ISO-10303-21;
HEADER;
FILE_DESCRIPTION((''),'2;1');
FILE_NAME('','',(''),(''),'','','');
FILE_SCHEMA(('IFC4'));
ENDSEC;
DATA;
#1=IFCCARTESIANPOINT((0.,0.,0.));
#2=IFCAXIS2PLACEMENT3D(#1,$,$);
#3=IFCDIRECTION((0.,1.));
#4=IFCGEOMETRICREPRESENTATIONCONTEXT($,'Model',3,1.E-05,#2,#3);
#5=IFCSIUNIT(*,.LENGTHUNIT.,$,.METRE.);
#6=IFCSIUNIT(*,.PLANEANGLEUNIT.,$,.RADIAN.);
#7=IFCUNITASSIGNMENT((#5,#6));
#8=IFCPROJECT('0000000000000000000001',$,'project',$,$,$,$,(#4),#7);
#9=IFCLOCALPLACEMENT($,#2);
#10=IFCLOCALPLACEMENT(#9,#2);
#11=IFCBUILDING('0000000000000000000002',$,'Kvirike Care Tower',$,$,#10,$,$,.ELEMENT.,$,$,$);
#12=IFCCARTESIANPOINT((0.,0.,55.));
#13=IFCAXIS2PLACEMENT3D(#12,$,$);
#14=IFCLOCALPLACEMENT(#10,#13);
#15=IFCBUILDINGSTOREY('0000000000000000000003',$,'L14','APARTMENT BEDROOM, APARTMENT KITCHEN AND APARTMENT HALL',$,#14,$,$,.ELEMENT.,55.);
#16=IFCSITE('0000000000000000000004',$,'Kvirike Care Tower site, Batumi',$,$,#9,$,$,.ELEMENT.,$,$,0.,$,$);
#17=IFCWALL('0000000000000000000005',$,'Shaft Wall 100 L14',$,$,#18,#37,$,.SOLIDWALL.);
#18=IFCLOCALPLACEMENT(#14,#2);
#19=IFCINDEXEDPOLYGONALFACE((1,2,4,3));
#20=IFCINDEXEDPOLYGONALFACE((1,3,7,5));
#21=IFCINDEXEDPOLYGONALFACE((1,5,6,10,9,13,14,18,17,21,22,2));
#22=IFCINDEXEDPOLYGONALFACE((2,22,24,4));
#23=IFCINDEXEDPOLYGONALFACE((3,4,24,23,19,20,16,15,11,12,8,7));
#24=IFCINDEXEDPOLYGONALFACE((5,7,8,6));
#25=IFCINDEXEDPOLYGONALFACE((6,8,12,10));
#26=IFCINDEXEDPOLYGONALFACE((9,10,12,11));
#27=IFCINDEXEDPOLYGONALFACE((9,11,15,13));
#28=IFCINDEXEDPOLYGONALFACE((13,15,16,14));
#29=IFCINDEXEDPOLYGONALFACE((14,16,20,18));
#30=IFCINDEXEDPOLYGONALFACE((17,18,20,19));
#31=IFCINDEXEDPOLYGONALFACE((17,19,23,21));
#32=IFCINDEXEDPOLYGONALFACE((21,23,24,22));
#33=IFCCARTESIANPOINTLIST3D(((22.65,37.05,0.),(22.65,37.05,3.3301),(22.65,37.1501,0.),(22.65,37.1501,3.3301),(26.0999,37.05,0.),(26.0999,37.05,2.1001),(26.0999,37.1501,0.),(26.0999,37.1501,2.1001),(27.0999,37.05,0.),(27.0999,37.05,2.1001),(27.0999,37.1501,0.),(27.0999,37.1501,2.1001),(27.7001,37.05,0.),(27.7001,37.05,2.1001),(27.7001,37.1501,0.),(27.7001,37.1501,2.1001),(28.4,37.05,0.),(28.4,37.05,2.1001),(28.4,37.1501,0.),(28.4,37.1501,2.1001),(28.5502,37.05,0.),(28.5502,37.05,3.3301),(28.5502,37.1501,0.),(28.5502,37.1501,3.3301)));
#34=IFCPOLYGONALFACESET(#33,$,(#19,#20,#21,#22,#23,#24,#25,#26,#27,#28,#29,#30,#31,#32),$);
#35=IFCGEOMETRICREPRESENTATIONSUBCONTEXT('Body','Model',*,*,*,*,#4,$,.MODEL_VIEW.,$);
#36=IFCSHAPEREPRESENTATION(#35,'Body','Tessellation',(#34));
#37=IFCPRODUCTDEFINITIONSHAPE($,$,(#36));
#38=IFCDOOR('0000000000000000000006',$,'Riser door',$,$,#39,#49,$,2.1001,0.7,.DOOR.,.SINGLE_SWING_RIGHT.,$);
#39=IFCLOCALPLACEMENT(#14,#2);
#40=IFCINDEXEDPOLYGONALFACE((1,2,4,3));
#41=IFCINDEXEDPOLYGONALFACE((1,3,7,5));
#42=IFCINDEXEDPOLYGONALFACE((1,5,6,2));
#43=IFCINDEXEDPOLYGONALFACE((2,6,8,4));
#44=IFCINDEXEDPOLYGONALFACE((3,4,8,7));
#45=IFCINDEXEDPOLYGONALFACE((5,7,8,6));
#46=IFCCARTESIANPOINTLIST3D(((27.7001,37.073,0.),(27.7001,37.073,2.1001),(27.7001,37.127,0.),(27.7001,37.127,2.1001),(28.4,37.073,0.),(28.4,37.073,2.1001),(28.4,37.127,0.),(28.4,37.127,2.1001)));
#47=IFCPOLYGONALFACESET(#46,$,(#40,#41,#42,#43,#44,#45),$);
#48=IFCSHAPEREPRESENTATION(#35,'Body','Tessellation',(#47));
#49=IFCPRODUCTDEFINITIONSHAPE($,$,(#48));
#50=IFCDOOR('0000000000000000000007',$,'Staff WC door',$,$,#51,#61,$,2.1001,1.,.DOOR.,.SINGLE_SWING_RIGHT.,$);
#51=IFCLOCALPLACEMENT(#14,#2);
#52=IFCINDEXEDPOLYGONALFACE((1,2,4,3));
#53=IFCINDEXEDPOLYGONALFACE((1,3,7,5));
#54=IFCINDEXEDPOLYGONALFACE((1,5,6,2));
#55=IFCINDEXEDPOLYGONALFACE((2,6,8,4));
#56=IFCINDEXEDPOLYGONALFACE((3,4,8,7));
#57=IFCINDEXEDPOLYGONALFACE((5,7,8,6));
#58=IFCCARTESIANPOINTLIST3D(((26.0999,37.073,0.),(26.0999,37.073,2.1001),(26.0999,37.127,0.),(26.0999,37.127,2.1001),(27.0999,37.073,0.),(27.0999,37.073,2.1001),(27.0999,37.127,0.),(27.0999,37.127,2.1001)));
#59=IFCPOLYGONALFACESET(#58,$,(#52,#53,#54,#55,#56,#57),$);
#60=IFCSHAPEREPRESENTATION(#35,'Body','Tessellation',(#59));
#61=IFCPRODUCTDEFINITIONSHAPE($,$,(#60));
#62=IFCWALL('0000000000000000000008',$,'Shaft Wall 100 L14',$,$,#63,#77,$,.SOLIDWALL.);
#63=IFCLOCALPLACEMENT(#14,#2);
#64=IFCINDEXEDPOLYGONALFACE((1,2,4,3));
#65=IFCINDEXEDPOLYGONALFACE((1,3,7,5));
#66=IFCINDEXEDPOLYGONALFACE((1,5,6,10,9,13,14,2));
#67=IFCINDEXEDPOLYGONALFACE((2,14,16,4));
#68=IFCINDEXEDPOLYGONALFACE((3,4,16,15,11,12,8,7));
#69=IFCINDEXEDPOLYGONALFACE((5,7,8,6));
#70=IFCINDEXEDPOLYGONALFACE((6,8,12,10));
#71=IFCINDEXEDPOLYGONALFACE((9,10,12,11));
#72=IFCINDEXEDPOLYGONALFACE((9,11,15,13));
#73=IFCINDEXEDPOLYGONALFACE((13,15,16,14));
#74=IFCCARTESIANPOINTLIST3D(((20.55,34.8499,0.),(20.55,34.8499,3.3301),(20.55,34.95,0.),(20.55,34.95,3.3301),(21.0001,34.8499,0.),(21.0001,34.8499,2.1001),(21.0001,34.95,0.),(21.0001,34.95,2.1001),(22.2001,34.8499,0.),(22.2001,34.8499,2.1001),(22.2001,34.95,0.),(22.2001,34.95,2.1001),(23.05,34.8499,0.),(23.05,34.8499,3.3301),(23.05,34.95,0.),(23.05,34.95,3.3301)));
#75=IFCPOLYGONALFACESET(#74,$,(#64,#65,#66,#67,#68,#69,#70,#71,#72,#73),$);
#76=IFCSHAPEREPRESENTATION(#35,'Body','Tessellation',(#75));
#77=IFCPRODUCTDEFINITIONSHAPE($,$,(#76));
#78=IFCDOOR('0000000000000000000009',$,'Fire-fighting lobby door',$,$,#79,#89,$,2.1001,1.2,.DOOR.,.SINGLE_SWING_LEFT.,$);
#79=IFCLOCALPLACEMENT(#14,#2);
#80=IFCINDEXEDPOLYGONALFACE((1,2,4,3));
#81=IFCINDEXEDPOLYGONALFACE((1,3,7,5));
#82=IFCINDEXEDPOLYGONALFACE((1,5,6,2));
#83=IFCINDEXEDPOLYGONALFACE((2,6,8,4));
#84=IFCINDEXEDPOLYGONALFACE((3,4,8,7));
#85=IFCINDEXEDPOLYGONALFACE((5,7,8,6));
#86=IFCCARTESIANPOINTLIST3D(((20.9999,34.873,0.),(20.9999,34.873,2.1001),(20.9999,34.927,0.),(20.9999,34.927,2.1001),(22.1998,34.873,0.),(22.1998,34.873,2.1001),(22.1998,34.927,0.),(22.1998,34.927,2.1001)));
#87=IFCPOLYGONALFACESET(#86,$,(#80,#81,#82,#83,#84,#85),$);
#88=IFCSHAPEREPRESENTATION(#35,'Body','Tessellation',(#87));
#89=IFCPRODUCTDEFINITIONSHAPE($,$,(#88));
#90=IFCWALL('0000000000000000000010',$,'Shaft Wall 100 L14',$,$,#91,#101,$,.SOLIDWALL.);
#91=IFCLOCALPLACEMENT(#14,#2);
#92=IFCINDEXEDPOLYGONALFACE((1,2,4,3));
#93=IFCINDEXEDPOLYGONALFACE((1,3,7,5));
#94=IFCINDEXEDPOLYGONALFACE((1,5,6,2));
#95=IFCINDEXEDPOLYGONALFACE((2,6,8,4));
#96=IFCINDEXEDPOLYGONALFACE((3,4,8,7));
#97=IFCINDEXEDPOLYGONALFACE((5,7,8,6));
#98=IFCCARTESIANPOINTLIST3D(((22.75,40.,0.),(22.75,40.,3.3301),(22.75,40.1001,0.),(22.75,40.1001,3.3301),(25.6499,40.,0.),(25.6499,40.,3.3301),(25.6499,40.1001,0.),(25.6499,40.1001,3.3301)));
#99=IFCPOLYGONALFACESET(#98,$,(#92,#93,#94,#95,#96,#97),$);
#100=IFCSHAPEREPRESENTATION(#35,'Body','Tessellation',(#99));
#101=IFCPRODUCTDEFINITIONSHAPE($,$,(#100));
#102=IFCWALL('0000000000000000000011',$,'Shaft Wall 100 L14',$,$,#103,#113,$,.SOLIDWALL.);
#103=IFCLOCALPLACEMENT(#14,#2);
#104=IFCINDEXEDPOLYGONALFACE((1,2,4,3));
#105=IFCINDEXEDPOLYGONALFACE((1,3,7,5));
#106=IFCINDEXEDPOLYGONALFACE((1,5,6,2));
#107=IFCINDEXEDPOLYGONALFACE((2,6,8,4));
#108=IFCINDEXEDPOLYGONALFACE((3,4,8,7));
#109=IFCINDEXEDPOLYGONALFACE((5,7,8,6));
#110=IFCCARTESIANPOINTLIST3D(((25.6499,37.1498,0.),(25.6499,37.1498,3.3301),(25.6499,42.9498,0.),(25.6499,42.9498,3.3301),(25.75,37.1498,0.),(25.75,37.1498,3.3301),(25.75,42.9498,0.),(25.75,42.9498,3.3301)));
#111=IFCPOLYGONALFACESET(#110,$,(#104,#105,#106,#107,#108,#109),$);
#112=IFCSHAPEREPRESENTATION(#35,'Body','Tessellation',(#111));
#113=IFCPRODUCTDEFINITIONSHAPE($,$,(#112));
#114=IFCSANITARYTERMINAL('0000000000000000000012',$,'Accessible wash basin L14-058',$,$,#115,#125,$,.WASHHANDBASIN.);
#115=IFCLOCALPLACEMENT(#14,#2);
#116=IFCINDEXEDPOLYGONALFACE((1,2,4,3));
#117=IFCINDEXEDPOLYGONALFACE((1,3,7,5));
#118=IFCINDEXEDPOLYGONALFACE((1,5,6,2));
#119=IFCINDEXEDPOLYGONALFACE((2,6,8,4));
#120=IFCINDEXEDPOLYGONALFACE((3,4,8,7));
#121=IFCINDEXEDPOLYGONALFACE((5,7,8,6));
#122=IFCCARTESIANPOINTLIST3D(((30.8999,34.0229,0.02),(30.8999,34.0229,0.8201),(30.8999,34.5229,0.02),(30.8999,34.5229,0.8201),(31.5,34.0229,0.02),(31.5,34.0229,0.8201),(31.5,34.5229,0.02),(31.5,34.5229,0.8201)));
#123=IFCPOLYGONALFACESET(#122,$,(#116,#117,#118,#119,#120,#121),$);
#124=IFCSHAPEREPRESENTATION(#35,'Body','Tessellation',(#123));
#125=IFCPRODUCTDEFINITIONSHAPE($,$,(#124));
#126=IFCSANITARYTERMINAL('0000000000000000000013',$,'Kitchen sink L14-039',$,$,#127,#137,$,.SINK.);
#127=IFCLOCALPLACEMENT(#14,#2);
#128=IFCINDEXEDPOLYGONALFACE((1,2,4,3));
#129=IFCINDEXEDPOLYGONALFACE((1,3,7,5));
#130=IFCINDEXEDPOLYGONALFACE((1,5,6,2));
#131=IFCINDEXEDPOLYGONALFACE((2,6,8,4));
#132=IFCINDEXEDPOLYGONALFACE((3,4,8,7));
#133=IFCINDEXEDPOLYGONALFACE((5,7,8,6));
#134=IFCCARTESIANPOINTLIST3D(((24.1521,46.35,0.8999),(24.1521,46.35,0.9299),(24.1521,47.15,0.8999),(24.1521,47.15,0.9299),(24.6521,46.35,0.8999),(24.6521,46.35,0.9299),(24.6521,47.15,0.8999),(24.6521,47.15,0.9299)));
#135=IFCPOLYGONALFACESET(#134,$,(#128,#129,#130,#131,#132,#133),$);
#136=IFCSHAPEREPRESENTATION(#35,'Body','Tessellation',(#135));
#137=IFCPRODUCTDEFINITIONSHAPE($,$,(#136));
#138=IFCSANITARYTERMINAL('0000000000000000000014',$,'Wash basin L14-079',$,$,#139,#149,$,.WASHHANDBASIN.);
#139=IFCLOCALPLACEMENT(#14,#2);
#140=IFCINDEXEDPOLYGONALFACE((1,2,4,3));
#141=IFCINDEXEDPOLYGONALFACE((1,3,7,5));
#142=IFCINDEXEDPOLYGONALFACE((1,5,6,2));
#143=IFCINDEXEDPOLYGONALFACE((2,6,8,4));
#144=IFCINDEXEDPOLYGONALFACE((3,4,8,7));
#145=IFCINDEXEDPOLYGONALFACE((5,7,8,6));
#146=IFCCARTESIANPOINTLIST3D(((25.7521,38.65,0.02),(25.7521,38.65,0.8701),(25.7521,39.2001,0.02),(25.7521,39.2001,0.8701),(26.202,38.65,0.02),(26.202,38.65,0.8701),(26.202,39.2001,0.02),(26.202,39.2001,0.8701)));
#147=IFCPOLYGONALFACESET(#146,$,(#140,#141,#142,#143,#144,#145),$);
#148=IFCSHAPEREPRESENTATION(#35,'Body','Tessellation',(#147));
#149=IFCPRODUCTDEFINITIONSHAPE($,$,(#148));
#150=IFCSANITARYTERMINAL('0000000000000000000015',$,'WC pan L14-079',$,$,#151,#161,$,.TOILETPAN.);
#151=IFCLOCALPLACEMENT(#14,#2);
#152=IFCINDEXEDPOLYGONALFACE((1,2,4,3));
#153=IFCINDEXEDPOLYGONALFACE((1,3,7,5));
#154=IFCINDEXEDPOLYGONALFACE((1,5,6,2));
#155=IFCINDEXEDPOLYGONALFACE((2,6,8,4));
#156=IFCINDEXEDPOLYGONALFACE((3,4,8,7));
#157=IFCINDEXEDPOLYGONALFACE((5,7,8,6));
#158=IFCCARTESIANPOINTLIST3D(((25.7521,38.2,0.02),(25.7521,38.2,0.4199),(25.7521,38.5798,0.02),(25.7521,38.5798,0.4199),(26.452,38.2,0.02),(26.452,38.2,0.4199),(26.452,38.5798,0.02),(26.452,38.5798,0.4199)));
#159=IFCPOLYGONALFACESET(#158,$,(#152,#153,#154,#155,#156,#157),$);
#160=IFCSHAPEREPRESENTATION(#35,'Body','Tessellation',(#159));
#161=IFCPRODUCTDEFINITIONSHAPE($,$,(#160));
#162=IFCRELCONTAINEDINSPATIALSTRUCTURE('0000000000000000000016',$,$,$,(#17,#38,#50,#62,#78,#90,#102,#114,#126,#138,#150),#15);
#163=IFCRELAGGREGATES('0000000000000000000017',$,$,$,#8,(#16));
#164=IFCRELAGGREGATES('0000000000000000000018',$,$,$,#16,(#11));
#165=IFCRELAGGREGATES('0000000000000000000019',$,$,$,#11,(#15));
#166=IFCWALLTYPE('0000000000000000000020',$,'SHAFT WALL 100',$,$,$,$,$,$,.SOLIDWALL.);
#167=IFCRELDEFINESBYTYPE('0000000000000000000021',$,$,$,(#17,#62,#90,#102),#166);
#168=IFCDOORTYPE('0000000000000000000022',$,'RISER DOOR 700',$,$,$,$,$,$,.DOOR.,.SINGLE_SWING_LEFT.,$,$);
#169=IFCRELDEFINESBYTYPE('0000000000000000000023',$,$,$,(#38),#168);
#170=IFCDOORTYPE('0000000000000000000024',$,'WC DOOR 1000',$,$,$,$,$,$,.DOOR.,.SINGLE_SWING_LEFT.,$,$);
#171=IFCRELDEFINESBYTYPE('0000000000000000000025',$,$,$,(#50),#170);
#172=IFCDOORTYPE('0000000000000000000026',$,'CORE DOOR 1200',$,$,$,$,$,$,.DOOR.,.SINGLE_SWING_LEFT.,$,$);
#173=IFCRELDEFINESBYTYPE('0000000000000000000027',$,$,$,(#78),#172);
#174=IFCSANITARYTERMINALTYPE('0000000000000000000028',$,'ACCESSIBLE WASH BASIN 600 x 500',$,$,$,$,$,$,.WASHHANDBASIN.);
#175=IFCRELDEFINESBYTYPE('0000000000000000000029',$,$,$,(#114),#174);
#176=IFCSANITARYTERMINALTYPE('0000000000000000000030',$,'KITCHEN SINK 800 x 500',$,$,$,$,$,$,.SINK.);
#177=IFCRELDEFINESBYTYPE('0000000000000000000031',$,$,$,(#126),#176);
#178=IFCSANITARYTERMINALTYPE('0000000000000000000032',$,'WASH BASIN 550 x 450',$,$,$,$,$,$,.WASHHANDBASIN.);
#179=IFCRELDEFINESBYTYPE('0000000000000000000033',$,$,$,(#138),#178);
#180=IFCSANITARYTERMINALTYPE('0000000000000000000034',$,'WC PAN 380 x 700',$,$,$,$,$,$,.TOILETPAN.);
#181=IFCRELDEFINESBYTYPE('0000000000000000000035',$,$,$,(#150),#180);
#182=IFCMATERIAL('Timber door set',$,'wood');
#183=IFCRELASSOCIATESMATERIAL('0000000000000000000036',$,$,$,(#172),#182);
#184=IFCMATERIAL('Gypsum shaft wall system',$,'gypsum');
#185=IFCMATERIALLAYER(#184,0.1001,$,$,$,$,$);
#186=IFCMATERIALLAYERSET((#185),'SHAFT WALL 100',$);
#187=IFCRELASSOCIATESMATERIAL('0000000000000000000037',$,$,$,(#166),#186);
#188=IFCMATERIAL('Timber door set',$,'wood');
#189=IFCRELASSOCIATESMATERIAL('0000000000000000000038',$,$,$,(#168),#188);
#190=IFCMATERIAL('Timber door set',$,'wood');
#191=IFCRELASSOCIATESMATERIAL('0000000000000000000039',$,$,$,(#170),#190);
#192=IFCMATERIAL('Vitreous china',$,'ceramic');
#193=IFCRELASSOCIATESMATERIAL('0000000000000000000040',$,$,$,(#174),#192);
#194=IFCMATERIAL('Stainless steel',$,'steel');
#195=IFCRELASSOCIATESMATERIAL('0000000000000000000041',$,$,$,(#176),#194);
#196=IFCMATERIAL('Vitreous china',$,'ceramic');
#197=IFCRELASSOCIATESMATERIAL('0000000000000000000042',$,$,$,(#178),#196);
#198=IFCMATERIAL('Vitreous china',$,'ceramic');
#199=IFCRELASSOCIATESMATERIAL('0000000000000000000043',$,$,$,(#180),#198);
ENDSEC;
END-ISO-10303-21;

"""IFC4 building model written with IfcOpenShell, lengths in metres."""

from ifc_helpers import new_model, si_unit, direction, frame, frame_2d, origin, origin_2d, place, context, subcontext, project, spatial, rectangle, extrude, material, layer, layer_set, type_object, element, fill, save


model = new_model("IFC4")

# Units and contexts
model_context = context("Model", 3, precision=1e-05, world=origin(), true_north=direction((0.0, 1.0)))
body_context = subcontext(model_context, "Body", "Model", "MODEL_VIEW")
ifc_project = project(units=[si_unit("LENGTHUNIT", "METRE"), si_unit("PLANEANGLEUNIT", "RADIAN")], contexts=[model_context])

# Site, building, storey
site_placement = place(None, origin())
site = spatial("IfcSite", under=ifc_project, at=site_placement, Name="Kvirike Care Tower site, Batumi", CompositionType="ELEMENT", RefElevation=0.0)
building_placement = place(site_placement, origin())
building = spatial("IfcBuilding", under=site, at=building_placement, Name="Kvirike Care Tower", CompositionType="ELEMENT")
storey_placement = place(building_placement, frame((0.0, 0.0, 55.0)))
storey = spatial("IfcBuildingStorey", under=building, at=storey_placement, Name="L14", Description="APARTMENT BEDROOM, APARTMENT KITCHEN AND APARTMENT HALL", CompositionType="ELEMENT", Elevation=55.0)

# Shared definitions
ifc_material_1 = material(Name="Timber door set", Category="wood")
door_type_1 = type_object("IfcDoorType", Name="CORE DOOR 1200", OperationType="SINGLE_SWING_LEFT", PredefinedType="DOOR", material=ifc_material_1)

# Shared definitions
ifc_material_2 = material(Name="Gypsum shaft wall system", Category="gypsum")
ifc_layer_1 = layer(ifc_material_2, 0.1001)
ifc_layer_set_1 = layer_set([ifc_layer_1], Name="SHAFT WALL 100")
wall_type_1 = type_object("IfcWallType", Name="SHAFT WALL 100", PredefinedType="SOLIDWALL", material=ifc_layer_set_1)

# Wall, openings, doors
wall_1_placement = place(storey_placement, frame((22.6499, 37.1001, 0.0), z_axis=(0.0, 0.0, 1.0), x_axis=(1.0, 0.0, 0.0)))
wall_1 = element("IfcWall", 1, at=wall_1_placement, inside=storey, type_object=wall_type_1, Name="Shaft Wall 100 L14", PredefinedType="SOLIDWALL", context=body_context, shape_type="SweptSolid", body=[
    extrude(rectangle(XDim=5.9001, YDim=0.1001, at=frame_2d((2.9502, 0.0))), origin(), (0.0, 0.0, 1.0), 3.3301),
])
opening_1_placement = place(wall_1_placement, frame((3.45, 0.0, 0.0)))
opening_1 = element("IfcOpeningElement", 2, at=opening_1_placement, cuts=wall_1, PredefinedType="OPENING", context=body_context, shape_type="SweptSolid", body=[
    extrude(rectangle(XDim=1.0, YDim=2.1001, at=frame_2d((0.5, 1.05))), frame((0.0, 0.0605, 0.0), z_axis=(0.0, -1.0, 0.0), x_axis=(1.0, 0.0, 0.0)), (0.0, 0.0, 1.0), 0.1211),
])
opening_2_placement = place(wall_1_placement, frame((5.05, 0.0, 0.0)))
opening_2 = element("IfcOpeningElement", 3, at=opening_2_placement, cuts=wall_1, PredefinedType="OPENING", context=body_context, shape_type="SweptSolid", body=[
    extrude(rectangle(XDim=0.7, YDim=2.1001, at=frame_2d((0.3501, 1.05))), frame((0.0, 0.0605, 0.0), z_axis=(0.0, -1.0, 0.0), x_axis=(1.0, 0.0, 0.0)), (0.0, 0.0, 1.0), 0.1211),
])
ifc_material_3 = material(Name="Timber door set", Category="wood")
door_type_2 = type_object("IfcDoorType", Name="RISER DOOR 700", OperationType="SINGLE_SWING_LEFT", PredefinedType="DOOR", material=ifc_material_3)
door_1_placement = place(opening_2_placement, origin())
door_1 = element("IfcDoor", 4, at=door_1_placement, inside=storey, type_object=door_type_2, Name="Riser door", OperationType="SINGLE_SWING_RIGHT", OverallHeight=2.1001, OverallWidth=0.7, PredefinedType="DOOR", context=body_context, shape_type="SweptSolid", body=[
    extrude(rectangle(XDim=0.7, YDim=2.1001, at=frame_2d((0.3501, 1.05))), frame((0.0, 0.0269, 0.0), z_axis=(0.0, -1.0, 0.0), x_axis=(1.0, 0.0, 0.0)), (0.0, 0.0, 1.0), 0.054),
])
fill(opening_2, door_1)
ifc_material_4 = material(Name="Timber door set", Category="wood")
door_type_3 = type_object("IfcDoorType", Name="WC DOOR 1000", OperationType="SINGLE_SWING_LEFT", PredefinedType="DOOR", material=ifc_material_4)
door_2_placement = place(opening_1_placement, origin())
door_2 = element("IfcDoor", 5, at=door_2_placement, inside=storey, type_object=door_type_3, Name="Staff WC door", OperationType="SINGLE_SWING_RIGHT", OverallHeight=2.1001, OverallWidth=1.0, PredefinedType="DOOR", context=body_context, shape_type="SweptSolid", body=[
    extrude(rectangle(XDim=1.0, YDim=2.1001, at=frame_2d((0.5, 1.05))), frame((0.0, 0.0269, 0.0), z_axis=(0.0, -1.0, 0.0), x_axis=(1.0, 0.0, 0.0)), (0.0, 0.0, 1.0), 0.054),
])
fill(opening_1, door_2)

# Wall, opening, door
wall_2_placement = place(storey_placement, frame((20.55, 34.8999, 0.0), z_axis=(0.0, 0.0, 1.0), x_axis=(1.0, 0.0, 0.0)))
wall_2 = element("IfcWall", 6, at=wall_2_placement, inside=storey, type_object=wall_type_1, Name="Shaft Wall 100 L14", PredefinedType="SOLIDWALL", context=body_context, shape_type="SweptSolid", body=[
    extrude(rectangle(XDim=2.5, YDim=0.1001, at=frame_2d((1.25, 0.0))), origin(), (0.0, 0.0, 1.0), 3.3301),
])
opening_3_placement = place(wall_2_placement, frame((0.45, 0.0, 0.0)))
opening_3 = element("IfcOpeningElement", 7, at=opening_3_placement, cuts=wall_2, PredefinedType="OPENING", context=body_context, shape_type="SweptSolid", body=[
    extrude(rectangle(XDim=1.2, YDim=2.1001, at=frame_2d((0.6001, 1.05))), frame((0.0, 0.0605, 0.0), z_axis=(0.0, -1.0, 0.0), x_axis=(1.0, 0.0, 0.0)), (0.0, 0.0, 1.0), 0.1211),
])
door_3_placement = place(opening_3_placement, frame((1.2, 0.0, 0.0), z_axis=(0.0, 0.0, 1.0), x_axis=(-1.0, 0.0, 0.0)))
door_3 = element("IfcDoor", 8, at=door_3_placement, inside=storey, type_object=door_type_1, Name="Fire-fighting lobby door", OperationType="SINGLE_SWING_LEFT", OverallHeight=2.1001, OverallWidth=1.2, PredefinedType="DOOR", context=body_context, shape_type="SweptSolid", body=[
    extrude(rectangle(XDim=1.2, YDim=2.1001, at=frame_2d((0.6001, 1.05))), frame((0.0, 0.0269, 0.0), z_axis=(0.0, -1.0, 0.0), x_axis=(1.0, 0.0, 0.0)), (0.0, 0.0, 1.0), 0.054),
])
fill(opening_3, door_3)

# Walls
wall_3_placement = place(storey_placement, frame((22.75, 40.05, 0.0), z_axis=(0.0, 0.0, 1.0), x_axis=(1.0, 0.0, 0.0)))
element("IfcWall", 9, at=wall_3_placement, inside=storey, type_object=wall_type_1, Name="Shaft Wall 100 L14", PredefinedType="SOLIDWALL", context=body_context, shape_type="SweptSolid", body=[
    extrude(rectangle(XDim=2.8999, YDim=0.1001, at=frame_2d((1.45, 0.0))), origin(), (0.0, 0.0, 1.0), 3.3301),
])
wall_4_placement = place(storey_placement, frame((25.7, 37.1499, 0.0), z_axis=(0.0, 0.0, 1.0), x_axis=(0.0, 1.0, 0.0)))
element("IfcWall", 10, at=wall_4_placement, inside=storey, type_object=wall_type_1, Name="Shaft Wall 100 L14", PredefinedType="SOLIDWALL", context=body_context, shape_type="SweptSolid", body=[
    extrude(rectangle(XDim=5.8, YDim=0.1001, at=frame_2d((2.8999, 0.0))), origin(), (0.0, 0.0, 1.0), 3.3301),
])

# Sanitary terminals
ifc_material_5 = material(Name="Vitreous china", Category="ceramic")
sanitary_terminal_type_1 = type_object("IfcSanitaryTerminalType", Name="ACCESSIBLE WASH BASIN 600 x 500", PredefinedType="WASHHANDBASIN", material=ifc_material_5)
sanitary_terminal_1_placement = place(storey_placement, frame((31.2, 34.2729, 0.02), z_axis=(0.0, 0.0, 1.0), x_axis=(1.0, 0.0, 0.0)))
element("IfcSanitaryTerminal", 11, at=sanitary_terminal_1_placement, inside=storey, type_object=sanitary_terminal_type_1, Name="Accessible wash basin L14-058", PredefinedType="WASHHANDBASIN", context=body_context, shape_type="SweptSolid", body=[
    extrude(rectangle(XDim=0.6001, YDim=0.5, at=origin_2d()), origin(), (0.0, 0.0, 1.0), 0.8),
])
ifc_material_6 = material(Name="Stainless steel", Category="steel")
sanitary_terminal_type_2 = type_object("IfcSanitaryTerminalType", Name="KITCHEN SINK 800 x 500", PredefinedType="SINK", material=ifc_material_6)
sanitary_terminal_2_placement = place(storey_placement, frame((24.4021, 46.75, 0.8999), z_axis=(0.0, 0.0, 1.0), x_axis=(0.0, 1.0, 0.0)))
element("IfcSanitaryTerminal", 12, at=sanitary_terminal_2_placement, inside=storey, type_object=sanitary_terminal_type_2, Name="Kitchen sink L14-039", PredefinedType="SINK", context=body_context, shape_type="SweptSolid", body=[
    extrude(rectangle(XDim=0.8, YDim=0.5, at=origin_2d()), origin(), (0.0, 0.0, 1.0), 0.03),
])
ifc_material_7 = material(Name="Vitreous china", Category="ceramic")
sanitary_terminal_type_3 = type_object("IfcSanitaryTerminalType", Name="WASH BASIN 550 x 450", PredefinedType="WASHHANDBASIN", material=ifc_material_7)
sanitary_terminal_3_placement = place(storey_placement, frame((25.9771, 38.925, 0.02), z_axis=(0.0, 0.0, 1.0), x_axis=(0.0, 1.0, 0.0)))
element("IfcSanitaryTerminal", 13, at=sanitary_terminal_3_placement, inside=storey, type_object=sanitary_terminal_type_3, Name="Wash basin L14-079", PredefinedType="WASHHANDBASIN", context=body_context, shape_type="SweptSolid", body=[
    extrude(rectangle(XDim=0.55, YDim=0.45, at=origin_2d()), origin(), (0.0, 0.0, 1.0), 0.8501),
])
ifc_material_8 = material(Name="Vitreous china", Category="ceramic")
sanitary_terminal_type_4 = type_object("IfcSanitaryTerminalType", Name="WC PAN 380 x 700", PredefinedType="TOILETPAN", material=ifc_material_8)
sanitary_terminal_4_placement = place(storey_placement, frame((26.1021, 38.3899, 0.02), z_axis=(0.0, 0.0, 1.0), x_axis=(0.0, 1.0, 0.0)))
element("IfcSanitaryTerminal", 14, at=sanitary_terminal_4_placement, inside=storey, type_object=sanitary_terminal_type_4, Name="WC pan L14-079", PredefinedType="TOILETPAN", context=body_context, shape_type="SweptSolid", body=[
    extrude(rectangle(XDim=0.3799, YDim=0.7, at=origin_2d()), origin(), (0.0, 0.0, 1.0), 0.3999),
])

save(model, "model.ifc")
